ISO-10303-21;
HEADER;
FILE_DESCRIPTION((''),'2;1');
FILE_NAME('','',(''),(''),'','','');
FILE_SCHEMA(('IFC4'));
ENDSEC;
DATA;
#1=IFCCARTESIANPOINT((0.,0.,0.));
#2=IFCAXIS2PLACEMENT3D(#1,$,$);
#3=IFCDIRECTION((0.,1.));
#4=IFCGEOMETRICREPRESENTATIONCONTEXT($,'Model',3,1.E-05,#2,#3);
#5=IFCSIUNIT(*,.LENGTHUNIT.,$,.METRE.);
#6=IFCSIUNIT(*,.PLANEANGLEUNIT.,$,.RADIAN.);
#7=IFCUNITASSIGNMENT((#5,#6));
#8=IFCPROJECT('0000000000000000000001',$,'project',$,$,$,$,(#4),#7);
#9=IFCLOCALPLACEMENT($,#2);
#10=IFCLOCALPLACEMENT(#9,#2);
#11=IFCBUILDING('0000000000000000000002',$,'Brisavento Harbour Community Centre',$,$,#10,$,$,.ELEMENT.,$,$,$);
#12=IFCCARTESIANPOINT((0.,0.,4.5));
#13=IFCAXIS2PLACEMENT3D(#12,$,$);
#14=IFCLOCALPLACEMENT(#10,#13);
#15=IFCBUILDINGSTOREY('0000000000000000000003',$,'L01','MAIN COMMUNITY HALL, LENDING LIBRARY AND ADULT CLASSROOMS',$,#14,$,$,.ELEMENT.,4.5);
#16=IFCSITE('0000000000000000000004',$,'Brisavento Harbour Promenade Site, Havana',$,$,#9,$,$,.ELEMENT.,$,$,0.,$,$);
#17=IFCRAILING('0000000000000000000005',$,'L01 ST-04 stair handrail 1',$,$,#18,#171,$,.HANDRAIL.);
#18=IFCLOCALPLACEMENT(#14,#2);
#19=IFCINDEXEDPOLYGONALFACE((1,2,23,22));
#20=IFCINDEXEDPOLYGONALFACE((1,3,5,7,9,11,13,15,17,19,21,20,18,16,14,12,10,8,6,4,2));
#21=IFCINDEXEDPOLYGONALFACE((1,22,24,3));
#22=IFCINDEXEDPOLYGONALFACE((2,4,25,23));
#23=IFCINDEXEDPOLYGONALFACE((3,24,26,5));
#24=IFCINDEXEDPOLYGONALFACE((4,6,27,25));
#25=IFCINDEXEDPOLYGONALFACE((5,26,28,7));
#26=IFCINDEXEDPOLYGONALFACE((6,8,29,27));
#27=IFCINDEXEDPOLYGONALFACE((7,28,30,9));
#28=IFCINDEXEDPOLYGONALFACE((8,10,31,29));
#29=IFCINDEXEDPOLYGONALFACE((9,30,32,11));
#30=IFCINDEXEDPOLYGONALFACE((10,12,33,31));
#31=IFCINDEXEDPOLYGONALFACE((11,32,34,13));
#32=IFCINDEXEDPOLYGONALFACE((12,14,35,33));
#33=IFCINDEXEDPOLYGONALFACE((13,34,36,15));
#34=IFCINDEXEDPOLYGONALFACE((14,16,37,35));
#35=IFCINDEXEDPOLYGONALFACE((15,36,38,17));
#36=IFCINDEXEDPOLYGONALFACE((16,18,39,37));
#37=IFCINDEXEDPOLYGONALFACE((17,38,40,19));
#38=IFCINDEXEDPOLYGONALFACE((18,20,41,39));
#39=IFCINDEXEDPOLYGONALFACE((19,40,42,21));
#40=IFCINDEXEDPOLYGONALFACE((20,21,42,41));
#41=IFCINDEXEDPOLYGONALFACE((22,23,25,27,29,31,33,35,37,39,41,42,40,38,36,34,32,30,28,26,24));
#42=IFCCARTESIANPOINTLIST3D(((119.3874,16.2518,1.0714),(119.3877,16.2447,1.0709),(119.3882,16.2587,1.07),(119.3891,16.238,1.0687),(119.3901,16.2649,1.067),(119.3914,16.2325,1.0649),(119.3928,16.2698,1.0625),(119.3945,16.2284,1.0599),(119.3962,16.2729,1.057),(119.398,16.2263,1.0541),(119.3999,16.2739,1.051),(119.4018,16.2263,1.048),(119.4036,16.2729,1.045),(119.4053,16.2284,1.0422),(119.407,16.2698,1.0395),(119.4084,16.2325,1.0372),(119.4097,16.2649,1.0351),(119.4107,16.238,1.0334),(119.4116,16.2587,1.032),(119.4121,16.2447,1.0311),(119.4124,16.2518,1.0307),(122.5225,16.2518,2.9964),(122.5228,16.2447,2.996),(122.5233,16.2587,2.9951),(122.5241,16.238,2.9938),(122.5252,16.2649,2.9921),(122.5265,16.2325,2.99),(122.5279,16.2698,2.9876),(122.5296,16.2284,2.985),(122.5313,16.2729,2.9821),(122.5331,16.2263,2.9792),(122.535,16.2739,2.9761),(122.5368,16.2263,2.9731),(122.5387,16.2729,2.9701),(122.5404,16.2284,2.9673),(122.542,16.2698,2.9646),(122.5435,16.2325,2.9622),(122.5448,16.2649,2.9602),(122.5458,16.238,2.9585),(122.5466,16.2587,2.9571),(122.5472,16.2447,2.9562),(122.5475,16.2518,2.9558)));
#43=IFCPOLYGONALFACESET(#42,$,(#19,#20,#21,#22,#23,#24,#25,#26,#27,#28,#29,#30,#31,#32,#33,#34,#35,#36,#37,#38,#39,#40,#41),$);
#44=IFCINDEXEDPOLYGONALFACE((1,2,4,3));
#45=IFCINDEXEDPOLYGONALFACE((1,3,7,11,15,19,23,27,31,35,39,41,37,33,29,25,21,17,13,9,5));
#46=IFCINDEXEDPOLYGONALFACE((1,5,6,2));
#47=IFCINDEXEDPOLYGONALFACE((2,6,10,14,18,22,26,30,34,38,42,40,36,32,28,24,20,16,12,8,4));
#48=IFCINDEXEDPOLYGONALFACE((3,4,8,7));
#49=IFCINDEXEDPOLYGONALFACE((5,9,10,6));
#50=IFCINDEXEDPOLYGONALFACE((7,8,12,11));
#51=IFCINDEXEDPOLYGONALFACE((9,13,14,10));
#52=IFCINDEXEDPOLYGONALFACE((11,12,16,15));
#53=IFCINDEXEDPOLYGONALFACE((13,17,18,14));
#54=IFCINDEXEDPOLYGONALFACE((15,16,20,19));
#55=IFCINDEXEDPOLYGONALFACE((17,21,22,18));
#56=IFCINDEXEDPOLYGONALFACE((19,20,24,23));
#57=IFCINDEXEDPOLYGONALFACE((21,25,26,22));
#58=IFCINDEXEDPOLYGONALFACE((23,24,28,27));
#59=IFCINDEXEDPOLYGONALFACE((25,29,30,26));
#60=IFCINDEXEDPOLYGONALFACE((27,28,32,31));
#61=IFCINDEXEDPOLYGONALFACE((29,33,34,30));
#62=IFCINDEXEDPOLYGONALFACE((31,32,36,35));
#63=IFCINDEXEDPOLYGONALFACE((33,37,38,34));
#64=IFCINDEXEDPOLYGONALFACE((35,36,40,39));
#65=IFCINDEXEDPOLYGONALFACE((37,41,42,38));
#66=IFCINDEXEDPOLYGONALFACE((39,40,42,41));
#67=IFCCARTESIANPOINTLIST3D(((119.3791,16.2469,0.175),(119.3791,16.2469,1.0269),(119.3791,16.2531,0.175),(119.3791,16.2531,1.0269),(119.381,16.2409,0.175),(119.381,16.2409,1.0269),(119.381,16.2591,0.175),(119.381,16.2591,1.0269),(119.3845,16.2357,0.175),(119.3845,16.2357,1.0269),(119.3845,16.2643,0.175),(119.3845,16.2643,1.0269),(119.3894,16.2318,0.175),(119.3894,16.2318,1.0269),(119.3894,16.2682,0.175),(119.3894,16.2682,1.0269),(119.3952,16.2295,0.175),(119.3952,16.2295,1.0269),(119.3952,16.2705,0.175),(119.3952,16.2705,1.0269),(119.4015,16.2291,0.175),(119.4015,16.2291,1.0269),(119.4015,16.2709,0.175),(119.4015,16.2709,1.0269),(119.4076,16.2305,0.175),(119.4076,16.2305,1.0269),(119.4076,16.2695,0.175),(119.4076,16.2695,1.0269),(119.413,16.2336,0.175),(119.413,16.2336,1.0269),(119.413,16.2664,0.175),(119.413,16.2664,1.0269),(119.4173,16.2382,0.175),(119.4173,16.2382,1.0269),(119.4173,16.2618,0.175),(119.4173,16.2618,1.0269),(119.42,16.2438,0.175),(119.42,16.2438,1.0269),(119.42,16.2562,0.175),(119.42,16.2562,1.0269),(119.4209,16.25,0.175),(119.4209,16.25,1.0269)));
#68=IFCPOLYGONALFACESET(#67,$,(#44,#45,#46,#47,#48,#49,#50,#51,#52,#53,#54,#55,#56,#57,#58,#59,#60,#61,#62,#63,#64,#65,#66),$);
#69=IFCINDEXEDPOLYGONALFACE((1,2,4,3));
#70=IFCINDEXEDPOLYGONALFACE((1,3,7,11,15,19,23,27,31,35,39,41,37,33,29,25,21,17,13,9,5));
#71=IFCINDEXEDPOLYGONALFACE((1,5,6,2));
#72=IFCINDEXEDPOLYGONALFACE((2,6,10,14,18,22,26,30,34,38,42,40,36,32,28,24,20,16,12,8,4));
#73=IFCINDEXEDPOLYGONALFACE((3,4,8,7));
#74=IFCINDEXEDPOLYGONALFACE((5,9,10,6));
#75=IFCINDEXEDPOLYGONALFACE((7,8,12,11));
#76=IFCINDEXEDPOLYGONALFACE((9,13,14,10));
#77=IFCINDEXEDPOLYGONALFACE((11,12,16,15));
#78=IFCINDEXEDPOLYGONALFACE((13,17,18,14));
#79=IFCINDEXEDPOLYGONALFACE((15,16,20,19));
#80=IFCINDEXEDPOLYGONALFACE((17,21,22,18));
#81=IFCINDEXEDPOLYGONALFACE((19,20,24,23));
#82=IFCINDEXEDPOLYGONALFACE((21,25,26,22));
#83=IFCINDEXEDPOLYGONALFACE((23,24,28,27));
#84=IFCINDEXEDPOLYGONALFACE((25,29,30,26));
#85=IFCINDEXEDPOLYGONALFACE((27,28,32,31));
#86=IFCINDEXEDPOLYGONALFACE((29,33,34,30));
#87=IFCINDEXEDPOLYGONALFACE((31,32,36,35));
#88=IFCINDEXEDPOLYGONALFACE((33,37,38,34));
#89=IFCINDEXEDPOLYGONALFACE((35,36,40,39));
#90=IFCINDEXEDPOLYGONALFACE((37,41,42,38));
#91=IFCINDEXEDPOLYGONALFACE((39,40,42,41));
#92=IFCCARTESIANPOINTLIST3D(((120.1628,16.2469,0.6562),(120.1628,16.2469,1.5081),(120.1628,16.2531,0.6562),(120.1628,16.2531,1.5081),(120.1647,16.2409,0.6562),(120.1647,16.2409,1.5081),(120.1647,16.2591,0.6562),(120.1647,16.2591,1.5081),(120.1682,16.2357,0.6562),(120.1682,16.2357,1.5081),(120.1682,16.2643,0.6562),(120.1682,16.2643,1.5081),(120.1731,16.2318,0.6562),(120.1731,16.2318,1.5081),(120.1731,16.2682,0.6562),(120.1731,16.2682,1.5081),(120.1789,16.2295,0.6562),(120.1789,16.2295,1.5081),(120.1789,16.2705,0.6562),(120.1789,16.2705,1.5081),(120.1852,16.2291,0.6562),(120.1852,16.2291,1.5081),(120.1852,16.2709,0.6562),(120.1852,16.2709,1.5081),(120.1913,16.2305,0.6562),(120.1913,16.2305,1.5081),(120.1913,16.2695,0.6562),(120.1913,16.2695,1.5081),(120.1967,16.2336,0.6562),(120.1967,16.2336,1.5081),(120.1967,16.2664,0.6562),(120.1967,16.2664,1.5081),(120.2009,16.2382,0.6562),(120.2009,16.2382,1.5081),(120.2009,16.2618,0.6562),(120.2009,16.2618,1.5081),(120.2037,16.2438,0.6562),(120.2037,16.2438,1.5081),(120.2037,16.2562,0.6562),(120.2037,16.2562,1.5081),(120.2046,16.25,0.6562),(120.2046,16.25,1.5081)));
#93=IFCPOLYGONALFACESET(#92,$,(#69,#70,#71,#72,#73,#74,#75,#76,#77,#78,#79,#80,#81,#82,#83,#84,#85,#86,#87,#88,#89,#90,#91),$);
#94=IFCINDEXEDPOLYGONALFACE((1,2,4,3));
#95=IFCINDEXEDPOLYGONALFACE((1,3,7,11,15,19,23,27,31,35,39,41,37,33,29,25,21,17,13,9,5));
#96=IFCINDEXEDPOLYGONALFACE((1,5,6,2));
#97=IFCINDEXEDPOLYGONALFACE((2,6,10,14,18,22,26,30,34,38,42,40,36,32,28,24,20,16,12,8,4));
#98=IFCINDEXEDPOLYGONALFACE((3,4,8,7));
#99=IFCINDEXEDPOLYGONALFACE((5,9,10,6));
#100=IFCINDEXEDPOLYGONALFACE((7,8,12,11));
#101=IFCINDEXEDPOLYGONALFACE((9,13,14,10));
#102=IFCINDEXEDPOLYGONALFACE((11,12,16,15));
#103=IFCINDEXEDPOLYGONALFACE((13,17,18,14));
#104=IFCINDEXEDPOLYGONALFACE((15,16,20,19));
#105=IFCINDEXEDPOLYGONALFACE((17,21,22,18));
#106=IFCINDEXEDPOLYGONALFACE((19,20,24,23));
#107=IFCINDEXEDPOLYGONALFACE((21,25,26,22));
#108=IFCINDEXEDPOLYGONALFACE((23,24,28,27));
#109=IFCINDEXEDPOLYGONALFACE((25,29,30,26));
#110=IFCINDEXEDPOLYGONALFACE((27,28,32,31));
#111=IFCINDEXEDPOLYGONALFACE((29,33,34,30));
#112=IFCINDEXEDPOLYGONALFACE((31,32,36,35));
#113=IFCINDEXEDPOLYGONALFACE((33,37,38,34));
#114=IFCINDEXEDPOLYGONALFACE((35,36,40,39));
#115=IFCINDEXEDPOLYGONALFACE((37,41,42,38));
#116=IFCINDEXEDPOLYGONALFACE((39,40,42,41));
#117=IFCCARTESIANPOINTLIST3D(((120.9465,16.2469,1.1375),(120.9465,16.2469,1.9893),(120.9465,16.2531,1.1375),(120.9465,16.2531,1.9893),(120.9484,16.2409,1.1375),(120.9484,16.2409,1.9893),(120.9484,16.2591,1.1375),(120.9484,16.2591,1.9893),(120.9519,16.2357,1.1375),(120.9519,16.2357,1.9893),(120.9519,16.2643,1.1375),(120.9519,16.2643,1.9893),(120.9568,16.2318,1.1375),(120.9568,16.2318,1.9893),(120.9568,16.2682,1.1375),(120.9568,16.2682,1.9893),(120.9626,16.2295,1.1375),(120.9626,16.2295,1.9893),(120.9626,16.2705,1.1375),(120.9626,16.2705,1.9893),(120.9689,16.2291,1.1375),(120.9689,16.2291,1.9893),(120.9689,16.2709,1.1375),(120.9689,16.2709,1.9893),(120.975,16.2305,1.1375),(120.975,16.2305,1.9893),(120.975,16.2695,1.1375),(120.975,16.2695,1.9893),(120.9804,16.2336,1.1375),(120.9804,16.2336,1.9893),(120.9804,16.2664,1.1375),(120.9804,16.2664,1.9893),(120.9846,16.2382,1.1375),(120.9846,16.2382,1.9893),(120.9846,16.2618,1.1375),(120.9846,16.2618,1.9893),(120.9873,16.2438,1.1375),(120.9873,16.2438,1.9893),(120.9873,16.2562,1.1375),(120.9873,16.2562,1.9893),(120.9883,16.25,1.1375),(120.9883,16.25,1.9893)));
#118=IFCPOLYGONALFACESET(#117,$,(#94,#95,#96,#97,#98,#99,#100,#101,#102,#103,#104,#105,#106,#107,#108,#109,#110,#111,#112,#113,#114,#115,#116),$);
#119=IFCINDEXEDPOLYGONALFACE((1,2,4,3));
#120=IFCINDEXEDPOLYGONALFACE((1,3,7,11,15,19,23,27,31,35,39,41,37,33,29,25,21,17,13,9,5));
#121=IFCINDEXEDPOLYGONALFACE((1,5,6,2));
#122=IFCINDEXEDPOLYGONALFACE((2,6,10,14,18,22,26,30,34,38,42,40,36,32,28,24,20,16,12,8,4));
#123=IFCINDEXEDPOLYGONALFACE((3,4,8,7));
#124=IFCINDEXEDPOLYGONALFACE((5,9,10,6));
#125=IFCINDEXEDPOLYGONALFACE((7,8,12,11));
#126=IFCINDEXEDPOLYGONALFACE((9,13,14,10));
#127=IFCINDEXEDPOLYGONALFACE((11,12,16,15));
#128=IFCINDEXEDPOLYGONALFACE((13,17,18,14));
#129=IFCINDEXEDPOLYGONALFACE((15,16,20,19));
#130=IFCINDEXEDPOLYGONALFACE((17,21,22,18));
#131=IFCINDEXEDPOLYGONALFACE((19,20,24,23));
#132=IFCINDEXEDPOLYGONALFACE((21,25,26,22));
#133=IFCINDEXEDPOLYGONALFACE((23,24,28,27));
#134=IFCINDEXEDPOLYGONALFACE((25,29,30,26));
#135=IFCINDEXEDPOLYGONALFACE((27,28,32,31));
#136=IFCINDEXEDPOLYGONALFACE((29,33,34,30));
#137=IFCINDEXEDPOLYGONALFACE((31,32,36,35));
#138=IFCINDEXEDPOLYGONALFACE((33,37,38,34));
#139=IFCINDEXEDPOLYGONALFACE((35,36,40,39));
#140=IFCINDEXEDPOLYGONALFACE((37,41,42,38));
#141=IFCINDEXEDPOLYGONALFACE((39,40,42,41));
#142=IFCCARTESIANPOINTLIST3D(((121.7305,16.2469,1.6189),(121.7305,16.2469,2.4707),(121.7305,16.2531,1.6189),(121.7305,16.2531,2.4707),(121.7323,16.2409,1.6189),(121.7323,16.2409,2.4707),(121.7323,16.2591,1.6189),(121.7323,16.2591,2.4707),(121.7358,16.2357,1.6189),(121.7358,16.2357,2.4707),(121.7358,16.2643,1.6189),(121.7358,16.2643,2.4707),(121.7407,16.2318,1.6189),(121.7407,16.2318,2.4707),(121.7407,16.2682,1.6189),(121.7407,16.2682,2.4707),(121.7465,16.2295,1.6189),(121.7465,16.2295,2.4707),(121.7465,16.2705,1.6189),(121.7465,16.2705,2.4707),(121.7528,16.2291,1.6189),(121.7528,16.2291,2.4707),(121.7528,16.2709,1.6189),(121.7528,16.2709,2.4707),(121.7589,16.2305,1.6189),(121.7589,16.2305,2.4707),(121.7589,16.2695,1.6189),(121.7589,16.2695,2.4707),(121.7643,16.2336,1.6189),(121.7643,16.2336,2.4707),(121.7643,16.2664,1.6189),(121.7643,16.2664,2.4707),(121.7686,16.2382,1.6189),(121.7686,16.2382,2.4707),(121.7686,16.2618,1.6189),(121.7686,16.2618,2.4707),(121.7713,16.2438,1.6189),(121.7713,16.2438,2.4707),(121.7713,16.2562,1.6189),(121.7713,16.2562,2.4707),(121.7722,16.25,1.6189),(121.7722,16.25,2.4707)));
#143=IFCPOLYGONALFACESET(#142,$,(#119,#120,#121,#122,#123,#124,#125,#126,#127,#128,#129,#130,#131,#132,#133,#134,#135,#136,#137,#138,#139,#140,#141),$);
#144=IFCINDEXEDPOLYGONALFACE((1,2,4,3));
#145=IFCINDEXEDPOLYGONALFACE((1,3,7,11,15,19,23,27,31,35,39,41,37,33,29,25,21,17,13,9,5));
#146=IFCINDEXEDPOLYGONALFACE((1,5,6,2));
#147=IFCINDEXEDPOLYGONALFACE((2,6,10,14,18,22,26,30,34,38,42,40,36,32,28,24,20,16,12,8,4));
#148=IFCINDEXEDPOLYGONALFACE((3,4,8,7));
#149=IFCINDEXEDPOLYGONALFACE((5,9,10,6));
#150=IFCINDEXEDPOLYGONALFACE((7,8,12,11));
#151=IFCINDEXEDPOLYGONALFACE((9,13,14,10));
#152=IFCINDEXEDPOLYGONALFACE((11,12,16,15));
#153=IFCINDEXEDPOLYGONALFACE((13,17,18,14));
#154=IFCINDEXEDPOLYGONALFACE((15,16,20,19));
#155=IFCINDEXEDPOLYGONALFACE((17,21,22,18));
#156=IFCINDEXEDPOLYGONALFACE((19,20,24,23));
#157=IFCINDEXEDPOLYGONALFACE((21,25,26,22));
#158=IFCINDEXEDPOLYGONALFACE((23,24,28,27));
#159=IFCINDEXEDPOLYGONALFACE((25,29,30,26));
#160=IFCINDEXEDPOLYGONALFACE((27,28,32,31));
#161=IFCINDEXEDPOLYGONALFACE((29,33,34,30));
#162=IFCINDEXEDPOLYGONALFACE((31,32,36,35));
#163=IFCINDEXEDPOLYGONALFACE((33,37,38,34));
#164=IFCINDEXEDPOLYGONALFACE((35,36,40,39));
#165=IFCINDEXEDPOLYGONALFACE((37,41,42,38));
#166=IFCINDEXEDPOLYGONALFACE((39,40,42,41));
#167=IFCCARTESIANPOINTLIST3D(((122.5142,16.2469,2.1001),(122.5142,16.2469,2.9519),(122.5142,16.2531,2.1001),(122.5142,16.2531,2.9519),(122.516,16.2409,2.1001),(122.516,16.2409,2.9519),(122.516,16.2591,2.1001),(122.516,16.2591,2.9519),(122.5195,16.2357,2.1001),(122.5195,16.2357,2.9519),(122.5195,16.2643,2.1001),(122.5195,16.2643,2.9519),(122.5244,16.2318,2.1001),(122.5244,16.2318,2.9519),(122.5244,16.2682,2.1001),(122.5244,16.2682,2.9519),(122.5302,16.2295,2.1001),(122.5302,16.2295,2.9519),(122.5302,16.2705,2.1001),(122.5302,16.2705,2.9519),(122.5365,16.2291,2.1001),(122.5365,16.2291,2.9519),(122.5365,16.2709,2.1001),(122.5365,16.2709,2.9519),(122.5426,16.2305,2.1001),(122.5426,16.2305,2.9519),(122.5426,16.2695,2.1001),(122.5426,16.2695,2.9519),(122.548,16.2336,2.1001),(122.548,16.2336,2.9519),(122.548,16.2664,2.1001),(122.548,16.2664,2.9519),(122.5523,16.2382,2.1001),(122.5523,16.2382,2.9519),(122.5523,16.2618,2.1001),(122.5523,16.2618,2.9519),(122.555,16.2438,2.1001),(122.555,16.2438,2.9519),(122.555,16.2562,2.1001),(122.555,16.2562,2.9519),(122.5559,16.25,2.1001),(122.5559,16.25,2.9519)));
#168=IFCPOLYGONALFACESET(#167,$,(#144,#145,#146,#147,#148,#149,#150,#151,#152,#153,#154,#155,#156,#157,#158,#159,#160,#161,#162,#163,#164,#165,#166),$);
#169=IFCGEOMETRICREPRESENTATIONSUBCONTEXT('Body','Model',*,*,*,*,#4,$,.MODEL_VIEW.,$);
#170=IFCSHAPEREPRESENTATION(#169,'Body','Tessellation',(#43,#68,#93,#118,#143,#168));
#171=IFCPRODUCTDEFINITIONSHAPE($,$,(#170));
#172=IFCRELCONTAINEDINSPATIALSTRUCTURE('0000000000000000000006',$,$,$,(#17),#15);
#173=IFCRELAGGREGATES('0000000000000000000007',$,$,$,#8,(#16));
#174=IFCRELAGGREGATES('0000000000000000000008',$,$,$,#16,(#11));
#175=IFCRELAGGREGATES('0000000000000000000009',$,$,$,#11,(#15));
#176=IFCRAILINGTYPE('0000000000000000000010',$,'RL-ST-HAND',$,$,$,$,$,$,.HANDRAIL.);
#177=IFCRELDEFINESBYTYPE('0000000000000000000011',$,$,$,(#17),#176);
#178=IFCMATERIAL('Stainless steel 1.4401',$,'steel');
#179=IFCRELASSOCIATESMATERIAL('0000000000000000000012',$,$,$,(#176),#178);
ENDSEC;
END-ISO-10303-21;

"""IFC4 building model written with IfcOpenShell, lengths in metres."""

from ifc_helpers import new_model, si_unit, direction, frame, origin, origin_2d, place, context, subcontext, project, spatial, circle, extrude, material, type_object, element, save


model = new_model("IFC4")

# Units and contexts
model_context = context("Model", 3, precision=1e-05, world=origin(), true_north=direction((0.0, 1.0)))
body_context = subcontext(model_context, "Body", "Model", "MODEL_VIEW")
ifc_project = project(units=[si_unit("LENGTHUNIT", "METRE"), si_unit("PLANEANGLEUNIT", "RADIAN")], contexts=[model_context])

# Site, building, storey
site_placement = place(None, origin())
site = spatial("IfcSite", under=ifc_project, at=site_placement, Name="Brisavento Harbour Promenade Site, Havana", CompositionType="ELEMENT", RefElevation=0.0)
building_placement = place(site_placement, origin())
building = spatial("IfcBuilding", under=site, at=building_placement, Name="Brisavento Harbour Community Centre", CompositionType="ELEMENT")
storey_placement = place(building_placement, frame((0.0, 0.0, 4.5)))
storey = spatial("IfcBuildingStorey", under=building, at=storey_placement, Name="L01", Description="MAIN COMMUNITY HALL, LENDING LIBRARY AND ADULT CLASSROOMS", CompositionType="ELEMENT", Elevation=4.5)

# Railing
ifc_material_1 = material(Name="Stainless steel 1.4401", Category="steel")
railing_type_1 = type_object("IfcRailingType", Name="RL-ST-HAND", PredefinedType="HANDRAIL", material=ifc_material_1)
railing_1_placement = place(storey_placement, frame((119.3999, 16.25, 0.175)))
element("IfcRailing", 1, at=railing_1_placement, inside=storey, type_object=railing_type_1, Name="L01 ST-04 stair handrail 1", PredefinedType="HANDRAIL", context=body_context, shape_type="SweptSolid", body=[
    extrude(circle(Radius=0.0239, at=origin_2d()), frame((0.0, 0.0, 0.876), z_axis=(0.852166, 0.0, 0.523271), x_axis=(0.0, 1.0, 0.0)), (0.0, 0.0, 1.0), 3.679),
    extrude(circle(Radius=0.021, at=origin_2d()), origin(), (0.0, 0.0, 1.0), 0.8518),
    extrude(circle(Radius=0.021, at=origin_2d()), frame((0.7837, 0.0, 0.4812)), (0.0, 0.0, 1.0), 0.8518),
    extrude(circle(Radius=0.021, at=origin_2d()), frame((1.5674, 0.0, 0.9624)), (0.0, 0.0, 1.0), 0.8518),
    extrude(circle(Radius=0.021, at=origin_2d()), frame((2.3513, 0.0, 1.4438)), (0.0, 0.0, 1.0), 0.8518),
    extrude(circle(Radius=0.021, at=origin_2d()), frame((3.135, 0.0, 1.925)), (0.0, 0.0, 1.0), 0.8518),
])

save(model, "model.ifc")
